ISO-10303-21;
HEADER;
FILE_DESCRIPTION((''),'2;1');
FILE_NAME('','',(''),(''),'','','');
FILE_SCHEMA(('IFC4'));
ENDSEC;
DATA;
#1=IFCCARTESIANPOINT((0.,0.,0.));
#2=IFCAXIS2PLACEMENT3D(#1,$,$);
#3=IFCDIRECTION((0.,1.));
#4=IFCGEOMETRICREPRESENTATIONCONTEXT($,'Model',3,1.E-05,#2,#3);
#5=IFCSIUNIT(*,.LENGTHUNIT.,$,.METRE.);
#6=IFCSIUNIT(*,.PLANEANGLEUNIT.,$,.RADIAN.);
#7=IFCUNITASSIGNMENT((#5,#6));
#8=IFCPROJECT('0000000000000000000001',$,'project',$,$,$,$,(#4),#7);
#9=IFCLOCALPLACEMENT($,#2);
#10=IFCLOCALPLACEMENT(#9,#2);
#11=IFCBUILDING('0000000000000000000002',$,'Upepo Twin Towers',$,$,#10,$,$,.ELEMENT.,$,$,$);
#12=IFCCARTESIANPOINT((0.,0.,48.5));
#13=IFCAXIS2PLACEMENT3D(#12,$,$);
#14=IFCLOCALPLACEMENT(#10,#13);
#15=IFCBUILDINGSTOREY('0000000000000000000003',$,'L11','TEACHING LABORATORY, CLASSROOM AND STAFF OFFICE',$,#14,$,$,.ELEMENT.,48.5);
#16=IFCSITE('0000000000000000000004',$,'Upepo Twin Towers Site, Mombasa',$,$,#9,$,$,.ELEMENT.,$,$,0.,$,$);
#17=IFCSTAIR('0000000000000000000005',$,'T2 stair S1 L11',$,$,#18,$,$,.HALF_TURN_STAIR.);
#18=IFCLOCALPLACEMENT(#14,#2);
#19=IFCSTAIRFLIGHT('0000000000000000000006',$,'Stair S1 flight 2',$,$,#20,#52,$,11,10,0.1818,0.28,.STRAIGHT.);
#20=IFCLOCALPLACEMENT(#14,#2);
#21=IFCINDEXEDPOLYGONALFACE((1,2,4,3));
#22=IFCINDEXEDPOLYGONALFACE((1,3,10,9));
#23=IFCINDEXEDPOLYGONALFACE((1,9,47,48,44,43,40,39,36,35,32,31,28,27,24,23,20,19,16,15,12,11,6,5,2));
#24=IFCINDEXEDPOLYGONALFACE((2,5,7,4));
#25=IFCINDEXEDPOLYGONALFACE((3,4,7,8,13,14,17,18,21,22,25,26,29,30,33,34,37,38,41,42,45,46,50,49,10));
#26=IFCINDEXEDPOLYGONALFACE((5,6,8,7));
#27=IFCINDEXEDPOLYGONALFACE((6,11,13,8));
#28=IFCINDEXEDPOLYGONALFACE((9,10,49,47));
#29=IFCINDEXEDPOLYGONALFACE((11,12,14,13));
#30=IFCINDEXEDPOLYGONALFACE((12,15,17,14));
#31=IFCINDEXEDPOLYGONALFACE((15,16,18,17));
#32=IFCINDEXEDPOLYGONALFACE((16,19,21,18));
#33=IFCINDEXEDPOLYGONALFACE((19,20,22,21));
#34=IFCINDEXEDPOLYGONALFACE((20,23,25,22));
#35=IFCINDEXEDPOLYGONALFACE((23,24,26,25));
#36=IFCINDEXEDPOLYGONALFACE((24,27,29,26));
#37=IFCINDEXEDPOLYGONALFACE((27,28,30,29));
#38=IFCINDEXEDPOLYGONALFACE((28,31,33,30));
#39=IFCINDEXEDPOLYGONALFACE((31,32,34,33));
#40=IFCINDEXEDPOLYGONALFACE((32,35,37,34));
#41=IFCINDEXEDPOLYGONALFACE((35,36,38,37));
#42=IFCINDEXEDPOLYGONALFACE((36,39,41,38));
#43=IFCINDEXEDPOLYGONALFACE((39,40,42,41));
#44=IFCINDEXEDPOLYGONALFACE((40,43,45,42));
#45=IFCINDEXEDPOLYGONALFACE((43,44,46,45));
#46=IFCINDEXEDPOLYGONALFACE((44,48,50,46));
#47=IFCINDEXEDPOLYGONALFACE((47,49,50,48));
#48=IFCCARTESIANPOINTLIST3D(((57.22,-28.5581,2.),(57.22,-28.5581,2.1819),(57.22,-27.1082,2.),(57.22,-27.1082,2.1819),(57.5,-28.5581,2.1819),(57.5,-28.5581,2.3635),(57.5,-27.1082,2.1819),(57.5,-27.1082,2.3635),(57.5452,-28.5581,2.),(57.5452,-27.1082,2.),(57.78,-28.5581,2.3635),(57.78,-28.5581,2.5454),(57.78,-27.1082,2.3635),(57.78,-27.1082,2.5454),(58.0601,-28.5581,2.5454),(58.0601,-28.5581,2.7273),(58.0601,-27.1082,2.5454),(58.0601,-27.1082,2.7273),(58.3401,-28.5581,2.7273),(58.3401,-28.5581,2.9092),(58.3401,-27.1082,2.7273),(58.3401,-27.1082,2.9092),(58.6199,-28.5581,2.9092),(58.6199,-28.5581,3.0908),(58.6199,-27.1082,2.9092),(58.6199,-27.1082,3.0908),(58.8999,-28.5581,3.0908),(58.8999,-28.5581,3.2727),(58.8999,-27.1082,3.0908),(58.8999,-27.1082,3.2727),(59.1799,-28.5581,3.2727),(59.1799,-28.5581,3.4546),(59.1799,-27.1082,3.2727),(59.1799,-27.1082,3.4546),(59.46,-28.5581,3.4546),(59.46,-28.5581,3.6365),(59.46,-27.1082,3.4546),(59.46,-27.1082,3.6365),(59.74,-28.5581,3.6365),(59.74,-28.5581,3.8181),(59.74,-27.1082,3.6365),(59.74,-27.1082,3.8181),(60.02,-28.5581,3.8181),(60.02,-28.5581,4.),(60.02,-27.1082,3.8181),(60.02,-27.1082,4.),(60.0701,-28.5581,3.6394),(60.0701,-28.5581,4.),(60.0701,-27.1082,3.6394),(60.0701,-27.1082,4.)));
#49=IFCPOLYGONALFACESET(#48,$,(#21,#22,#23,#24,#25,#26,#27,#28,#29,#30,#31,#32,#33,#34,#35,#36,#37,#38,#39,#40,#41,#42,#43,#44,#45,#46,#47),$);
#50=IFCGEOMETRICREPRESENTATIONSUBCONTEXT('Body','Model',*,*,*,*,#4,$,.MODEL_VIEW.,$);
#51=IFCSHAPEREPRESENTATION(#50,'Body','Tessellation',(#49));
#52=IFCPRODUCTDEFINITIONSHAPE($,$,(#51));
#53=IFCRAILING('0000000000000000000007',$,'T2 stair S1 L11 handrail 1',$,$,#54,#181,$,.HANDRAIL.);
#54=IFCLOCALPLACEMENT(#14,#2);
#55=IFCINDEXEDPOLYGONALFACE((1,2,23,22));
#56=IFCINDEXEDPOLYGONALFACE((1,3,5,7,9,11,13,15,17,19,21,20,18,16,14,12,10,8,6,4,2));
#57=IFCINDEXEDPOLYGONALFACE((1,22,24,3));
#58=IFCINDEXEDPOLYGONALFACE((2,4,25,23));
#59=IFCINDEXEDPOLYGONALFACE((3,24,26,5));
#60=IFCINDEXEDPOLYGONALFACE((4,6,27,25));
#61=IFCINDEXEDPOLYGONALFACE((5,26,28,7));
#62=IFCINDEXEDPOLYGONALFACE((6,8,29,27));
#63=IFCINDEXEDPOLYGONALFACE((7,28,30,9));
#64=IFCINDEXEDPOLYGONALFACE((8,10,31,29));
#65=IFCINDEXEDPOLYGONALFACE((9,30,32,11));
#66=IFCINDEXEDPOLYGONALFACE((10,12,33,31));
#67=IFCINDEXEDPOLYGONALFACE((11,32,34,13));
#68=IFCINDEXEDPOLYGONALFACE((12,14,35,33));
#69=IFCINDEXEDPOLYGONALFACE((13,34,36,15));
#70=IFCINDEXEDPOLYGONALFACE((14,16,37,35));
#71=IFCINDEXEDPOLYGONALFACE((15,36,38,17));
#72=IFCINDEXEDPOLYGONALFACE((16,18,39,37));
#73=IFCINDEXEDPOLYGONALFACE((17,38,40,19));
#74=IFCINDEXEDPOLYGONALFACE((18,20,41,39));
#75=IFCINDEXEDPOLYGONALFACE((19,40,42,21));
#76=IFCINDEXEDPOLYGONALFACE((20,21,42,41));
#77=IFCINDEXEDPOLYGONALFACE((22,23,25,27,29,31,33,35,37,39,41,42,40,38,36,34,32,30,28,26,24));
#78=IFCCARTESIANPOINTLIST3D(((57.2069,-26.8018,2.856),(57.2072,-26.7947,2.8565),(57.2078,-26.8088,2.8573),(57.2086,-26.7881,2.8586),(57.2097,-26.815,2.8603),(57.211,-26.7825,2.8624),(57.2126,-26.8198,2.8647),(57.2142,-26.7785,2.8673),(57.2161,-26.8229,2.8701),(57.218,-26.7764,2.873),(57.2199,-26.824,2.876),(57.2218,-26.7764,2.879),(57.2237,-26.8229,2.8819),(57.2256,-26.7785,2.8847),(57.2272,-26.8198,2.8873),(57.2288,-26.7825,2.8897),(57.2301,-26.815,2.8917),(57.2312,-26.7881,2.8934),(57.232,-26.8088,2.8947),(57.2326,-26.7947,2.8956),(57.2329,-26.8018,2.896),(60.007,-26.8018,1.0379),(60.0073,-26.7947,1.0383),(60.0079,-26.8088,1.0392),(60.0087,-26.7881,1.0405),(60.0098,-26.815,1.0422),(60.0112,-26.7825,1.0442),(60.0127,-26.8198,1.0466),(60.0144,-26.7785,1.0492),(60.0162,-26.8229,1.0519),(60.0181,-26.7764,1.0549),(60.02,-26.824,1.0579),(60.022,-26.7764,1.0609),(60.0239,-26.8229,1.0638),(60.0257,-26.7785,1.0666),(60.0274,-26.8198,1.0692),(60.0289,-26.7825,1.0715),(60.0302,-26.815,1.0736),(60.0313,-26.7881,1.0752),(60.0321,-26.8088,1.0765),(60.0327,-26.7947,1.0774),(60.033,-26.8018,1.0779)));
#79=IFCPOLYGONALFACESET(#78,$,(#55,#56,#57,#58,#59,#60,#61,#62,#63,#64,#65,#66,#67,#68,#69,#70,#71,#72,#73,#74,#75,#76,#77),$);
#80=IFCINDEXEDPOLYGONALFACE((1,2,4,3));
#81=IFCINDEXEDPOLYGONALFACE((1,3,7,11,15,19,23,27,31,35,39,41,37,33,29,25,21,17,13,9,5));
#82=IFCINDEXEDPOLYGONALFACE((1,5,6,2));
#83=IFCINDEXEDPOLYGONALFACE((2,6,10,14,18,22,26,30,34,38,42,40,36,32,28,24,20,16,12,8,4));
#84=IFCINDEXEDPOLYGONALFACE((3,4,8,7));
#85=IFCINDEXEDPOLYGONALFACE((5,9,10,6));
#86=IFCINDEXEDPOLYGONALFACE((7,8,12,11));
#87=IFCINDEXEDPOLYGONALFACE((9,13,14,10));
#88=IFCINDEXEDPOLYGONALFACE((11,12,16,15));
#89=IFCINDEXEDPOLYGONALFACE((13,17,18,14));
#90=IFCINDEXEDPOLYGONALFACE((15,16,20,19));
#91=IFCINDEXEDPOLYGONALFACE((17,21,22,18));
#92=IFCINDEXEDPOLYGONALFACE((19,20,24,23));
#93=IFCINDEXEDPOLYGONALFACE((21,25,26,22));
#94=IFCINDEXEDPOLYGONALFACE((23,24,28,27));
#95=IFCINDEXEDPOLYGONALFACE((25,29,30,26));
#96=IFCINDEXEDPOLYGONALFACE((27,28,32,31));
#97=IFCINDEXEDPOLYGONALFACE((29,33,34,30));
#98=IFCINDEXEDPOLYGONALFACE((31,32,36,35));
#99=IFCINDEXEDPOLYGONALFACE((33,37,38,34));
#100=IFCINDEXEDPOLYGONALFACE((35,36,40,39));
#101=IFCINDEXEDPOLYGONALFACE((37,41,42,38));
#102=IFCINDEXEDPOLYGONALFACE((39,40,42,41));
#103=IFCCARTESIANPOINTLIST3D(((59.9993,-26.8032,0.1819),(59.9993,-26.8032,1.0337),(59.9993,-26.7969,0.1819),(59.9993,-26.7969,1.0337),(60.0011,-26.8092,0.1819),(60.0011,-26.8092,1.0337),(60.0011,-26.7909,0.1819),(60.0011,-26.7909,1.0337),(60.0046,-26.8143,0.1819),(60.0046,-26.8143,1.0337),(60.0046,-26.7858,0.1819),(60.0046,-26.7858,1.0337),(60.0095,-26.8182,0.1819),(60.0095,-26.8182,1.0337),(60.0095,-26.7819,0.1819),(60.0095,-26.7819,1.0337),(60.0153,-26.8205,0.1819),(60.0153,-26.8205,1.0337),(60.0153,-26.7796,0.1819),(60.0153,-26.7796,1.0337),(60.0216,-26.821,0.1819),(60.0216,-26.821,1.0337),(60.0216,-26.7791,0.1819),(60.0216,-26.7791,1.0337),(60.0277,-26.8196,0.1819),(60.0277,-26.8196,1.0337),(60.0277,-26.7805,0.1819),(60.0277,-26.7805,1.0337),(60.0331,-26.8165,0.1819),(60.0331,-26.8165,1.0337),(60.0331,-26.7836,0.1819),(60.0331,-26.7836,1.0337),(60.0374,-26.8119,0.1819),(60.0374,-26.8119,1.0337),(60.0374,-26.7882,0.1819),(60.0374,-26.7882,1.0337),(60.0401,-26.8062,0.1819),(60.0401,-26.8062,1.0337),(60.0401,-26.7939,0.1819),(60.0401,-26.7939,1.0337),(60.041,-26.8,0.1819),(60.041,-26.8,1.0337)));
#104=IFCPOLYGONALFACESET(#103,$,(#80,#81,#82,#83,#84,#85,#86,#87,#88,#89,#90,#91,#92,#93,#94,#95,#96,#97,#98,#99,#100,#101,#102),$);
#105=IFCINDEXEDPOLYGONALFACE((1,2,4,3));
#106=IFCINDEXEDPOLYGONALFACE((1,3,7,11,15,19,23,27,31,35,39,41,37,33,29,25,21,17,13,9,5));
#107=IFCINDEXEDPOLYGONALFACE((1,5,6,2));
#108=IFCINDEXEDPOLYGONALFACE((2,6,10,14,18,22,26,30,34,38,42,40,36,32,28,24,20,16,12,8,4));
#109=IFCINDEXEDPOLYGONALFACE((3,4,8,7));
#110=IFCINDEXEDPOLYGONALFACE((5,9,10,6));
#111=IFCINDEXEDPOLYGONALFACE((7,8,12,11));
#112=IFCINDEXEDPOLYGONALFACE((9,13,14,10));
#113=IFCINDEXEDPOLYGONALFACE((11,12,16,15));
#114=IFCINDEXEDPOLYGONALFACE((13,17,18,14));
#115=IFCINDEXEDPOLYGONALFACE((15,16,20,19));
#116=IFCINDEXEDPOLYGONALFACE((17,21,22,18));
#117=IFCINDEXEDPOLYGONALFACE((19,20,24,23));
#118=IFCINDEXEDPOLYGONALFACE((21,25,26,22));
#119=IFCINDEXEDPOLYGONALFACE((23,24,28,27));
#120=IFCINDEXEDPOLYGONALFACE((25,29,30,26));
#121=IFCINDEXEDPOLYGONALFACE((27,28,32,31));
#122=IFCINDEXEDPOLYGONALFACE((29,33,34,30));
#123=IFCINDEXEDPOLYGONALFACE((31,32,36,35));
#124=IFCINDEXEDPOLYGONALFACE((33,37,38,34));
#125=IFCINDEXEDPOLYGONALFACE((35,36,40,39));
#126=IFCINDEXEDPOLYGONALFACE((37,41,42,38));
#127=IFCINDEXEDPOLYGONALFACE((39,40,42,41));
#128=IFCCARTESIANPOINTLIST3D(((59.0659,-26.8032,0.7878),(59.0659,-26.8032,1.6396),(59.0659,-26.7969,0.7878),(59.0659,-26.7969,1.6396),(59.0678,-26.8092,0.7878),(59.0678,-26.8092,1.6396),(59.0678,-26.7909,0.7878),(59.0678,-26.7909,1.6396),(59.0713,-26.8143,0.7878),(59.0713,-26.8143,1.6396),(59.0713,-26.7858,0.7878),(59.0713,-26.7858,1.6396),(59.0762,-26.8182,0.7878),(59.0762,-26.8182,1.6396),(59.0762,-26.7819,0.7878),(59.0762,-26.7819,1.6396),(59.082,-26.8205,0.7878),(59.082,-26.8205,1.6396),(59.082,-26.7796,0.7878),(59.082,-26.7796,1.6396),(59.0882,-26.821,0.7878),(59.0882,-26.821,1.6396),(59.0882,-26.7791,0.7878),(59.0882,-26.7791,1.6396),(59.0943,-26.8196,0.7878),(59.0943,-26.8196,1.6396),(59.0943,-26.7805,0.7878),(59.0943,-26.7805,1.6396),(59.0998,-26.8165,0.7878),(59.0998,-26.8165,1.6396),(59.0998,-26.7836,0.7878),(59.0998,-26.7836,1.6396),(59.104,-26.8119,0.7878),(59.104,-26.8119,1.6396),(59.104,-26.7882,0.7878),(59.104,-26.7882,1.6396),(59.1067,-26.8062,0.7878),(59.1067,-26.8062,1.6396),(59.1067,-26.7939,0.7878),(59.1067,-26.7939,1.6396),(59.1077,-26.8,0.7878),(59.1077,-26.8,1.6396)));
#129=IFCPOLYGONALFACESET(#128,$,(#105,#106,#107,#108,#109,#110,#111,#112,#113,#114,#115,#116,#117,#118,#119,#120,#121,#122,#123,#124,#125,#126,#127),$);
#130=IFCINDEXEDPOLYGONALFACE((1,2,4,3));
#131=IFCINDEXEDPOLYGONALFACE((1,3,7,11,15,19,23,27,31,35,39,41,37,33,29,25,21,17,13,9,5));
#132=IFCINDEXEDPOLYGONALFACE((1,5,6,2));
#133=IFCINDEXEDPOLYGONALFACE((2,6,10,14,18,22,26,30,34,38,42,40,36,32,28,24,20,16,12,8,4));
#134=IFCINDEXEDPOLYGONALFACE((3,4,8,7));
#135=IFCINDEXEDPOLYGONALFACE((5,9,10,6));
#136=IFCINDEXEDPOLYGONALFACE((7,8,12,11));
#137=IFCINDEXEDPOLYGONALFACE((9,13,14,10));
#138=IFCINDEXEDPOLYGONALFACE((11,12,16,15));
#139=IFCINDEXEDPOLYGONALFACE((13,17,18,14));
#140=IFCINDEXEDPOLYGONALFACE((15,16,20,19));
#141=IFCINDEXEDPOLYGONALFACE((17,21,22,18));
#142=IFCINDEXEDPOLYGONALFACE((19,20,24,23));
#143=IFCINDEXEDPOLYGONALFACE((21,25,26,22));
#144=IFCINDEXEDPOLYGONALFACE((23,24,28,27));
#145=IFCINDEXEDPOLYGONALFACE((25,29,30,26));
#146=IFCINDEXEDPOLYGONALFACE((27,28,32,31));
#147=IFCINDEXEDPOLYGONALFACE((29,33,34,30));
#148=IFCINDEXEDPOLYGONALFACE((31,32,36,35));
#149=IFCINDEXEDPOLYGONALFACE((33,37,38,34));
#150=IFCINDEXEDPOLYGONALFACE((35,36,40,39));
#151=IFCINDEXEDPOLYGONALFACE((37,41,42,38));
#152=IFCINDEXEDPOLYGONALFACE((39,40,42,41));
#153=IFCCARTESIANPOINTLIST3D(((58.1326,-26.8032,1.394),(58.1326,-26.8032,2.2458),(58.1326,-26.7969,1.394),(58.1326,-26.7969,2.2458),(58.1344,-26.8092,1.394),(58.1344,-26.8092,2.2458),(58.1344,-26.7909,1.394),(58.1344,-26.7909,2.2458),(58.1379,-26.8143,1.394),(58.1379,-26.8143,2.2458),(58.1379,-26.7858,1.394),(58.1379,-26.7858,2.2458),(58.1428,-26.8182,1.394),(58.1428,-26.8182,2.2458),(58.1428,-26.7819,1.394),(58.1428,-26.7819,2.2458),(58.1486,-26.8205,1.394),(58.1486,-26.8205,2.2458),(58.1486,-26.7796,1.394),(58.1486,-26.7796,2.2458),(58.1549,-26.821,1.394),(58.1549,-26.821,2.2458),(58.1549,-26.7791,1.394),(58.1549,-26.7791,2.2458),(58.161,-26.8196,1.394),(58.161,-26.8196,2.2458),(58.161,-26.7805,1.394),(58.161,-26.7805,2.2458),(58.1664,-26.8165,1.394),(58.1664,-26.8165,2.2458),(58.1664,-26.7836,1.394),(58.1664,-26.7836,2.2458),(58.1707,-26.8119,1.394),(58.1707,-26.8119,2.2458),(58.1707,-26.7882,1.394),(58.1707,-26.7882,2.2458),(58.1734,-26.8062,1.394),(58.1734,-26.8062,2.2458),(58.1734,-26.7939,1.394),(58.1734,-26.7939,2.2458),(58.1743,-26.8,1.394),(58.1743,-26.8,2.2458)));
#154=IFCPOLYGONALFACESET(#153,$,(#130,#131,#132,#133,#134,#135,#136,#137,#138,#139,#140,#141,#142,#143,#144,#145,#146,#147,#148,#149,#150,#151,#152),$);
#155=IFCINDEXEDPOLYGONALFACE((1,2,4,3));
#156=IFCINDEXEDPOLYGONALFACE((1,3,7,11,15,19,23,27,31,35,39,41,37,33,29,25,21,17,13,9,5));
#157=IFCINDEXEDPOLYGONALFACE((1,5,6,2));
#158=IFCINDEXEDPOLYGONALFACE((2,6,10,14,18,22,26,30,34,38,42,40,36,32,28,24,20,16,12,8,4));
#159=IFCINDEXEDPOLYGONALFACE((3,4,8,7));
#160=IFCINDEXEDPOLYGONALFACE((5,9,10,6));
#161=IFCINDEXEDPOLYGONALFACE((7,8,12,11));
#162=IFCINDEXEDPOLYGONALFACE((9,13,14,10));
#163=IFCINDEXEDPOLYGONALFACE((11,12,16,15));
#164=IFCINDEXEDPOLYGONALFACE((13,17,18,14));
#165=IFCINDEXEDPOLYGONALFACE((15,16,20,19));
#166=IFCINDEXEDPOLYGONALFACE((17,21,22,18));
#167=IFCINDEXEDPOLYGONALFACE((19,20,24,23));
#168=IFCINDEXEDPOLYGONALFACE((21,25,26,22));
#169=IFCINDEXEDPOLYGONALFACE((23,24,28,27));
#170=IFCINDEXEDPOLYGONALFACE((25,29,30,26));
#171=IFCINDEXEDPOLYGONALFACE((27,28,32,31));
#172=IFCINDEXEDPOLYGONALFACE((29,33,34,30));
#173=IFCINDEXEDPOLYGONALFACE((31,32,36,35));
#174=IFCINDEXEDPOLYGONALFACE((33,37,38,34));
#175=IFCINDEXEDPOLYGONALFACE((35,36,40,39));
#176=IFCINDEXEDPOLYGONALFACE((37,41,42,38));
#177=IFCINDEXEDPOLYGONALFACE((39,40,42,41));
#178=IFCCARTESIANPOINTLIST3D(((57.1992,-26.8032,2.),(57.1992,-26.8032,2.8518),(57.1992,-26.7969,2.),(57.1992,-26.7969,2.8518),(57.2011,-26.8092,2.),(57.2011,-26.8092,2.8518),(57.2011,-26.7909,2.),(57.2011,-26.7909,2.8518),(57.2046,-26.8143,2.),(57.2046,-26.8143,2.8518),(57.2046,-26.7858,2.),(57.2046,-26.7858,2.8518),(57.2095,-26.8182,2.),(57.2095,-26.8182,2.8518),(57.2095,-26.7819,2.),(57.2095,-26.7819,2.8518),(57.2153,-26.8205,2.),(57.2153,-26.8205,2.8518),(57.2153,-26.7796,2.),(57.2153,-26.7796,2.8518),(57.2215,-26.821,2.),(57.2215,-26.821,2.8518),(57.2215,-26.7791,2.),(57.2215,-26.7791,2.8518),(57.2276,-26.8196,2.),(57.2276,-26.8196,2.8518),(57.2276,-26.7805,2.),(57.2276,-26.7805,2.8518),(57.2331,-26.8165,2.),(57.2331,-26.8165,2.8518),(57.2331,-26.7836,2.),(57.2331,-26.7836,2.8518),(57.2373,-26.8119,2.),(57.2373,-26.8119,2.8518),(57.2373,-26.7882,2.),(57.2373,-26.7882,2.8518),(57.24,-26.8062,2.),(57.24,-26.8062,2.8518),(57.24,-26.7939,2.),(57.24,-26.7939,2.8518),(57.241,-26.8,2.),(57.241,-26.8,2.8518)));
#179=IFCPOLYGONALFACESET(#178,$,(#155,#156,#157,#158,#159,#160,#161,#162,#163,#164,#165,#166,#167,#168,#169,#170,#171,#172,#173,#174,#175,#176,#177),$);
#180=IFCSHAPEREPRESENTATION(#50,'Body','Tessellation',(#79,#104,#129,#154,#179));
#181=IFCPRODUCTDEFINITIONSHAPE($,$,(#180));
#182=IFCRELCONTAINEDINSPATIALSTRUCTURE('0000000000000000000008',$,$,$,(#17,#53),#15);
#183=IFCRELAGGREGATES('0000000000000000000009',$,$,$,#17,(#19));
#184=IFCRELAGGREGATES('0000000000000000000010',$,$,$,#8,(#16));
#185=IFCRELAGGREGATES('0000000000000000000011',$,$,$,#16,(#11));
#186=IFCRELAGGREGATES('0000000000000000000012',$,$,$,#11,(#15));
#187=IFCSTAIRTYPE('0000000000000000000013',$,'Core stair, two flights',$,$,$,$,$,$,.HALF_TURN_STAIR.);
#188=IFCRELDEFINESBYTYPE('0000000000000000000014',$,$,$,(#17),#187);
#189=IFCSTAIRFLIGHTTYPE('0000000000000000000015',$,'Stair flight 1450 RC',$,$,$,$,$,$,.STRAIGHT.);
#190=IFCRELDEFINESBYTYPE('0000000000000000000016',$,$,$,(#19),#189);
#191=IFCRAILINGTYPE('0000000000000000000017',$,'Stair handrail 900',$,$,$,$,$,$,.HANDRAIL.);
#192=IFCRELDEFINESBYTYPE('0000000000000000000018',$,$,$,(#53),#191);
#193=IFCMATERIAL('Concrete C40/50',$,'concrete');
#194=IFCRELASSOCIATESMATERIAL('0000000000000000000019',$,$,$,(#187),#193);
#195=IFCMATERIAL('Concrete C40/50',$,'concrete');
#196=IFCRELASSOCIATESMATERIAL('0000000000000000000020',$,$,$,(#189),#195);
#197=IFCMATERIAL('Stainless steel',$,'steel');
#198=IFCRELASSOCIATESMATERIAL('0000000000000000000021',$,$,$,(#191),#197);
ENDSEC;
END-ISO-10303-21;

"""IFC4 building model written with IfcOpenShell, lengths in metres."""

from ifc_helpers import new_model, si_unit, direction, frame, origin, origin_2d, place, context, subcontext, project, spatial, polyline, circle, outline, extrude, material, type_object, element, aggregate, save


model = new_model("IFC4")

# Units and contexts
model_context = context("Model", 3, precision=1e-05, world=origin(), true_north=direction((0.0, 1.0)))
body_context = subcontext(model_context, "Body", "Model", "MODEL_VIEW")
ifc_project = project(units=[si_unit("LENGTHUNIT", "METRE"), si_unit("PLANEANGLEUNIT", "RADIAN")], contexts=[model_context])

# Site, building, storey
site_placement = place(None, origin())
site = spatial("IfcSite", under=ifc_project, at=site_placement, Name="Upepo Twin Towers Site, Mombasa", CompositionType="ELEMENT", RefElevation=0.0)
building_placement = place(site_placement, origin())
building = spatial("IfcBuilding", under=site, at=building_placement, Name="Upepo Twin Towers", CompositionType="ELEMENT")
storey_placement = place(building_placement, frame((0.0, 0.0, 48.5)))
storey = spatial("IfcBuildingStorey", under=building, at=storey_placement, Name="L11", Description="TEACHING LABORATORY, CLASSROOM AND STAFF OFFICE", CompositionType="ELEMENT", Elevation=48.5)

# Stair, stair flight
ifc_material_1 = material(Name="Concrete C40/50", Category="concrete")
stair_type = type_object("IfcStairType", Name="Core stair, two flights", PredefinedType="HALF_TURN_STAIR", material=ifc_material_1)
stair_placement = place(storey_placement, origin())
stair = element("IfcStair", 1, at=stair_placement, inside=storey, type_object=stair_type, Name="T2 stair S1 L11", PredefinedType="HALF_TURN_STAIR")
ifc_material_2 = material(Name="Concrete C40/50", Category="concrete")
stair_flight_type = type_object("IfcStairFlightType", Name="Stair flight 1450 RC", PredefinedType="STRAIGHT", material=ifc_material_2)
stair_flight_1_placement = place(storey_placement, frame((57.22, -27.8333, 2.0), z_axis=(0.0, 0.0, 1.0), x_axis=(1.0, 0.0, 0.0)))
stair_flight_1 = element("IfcStairFlight", 2, at=stair_flight_1_placement, type_object=stair_flight_type, Name="Stair S1 flight 2", NumberOfRisers=11, NumberOfTreads=10, PredefinedType="STRAIGHT", RiserHeight=0.1818, TreadLength=0.28, context=body_context, shape_type="SweptSolid", body=[
    extrude(outline(polyline([(0.0, 0.0), (0.0, 0.1819), (0.28, 0.1819), (0.28, 0.3635), (0.5601, 0.3635), (0.5601, 0.5454), (0.8401, 0.5454), (0.8401, 0.7273), (1.1201, 0.7273), (1.1201, 0.9092), (1.3999, 0.9092), (1.3999, 1.0908), (1.6799, 1.0908), (1.6799, 1.2727), (1.96, 1.2727), (1.96, 1.4546), (2.24, 1.4546), (2.24, 1.6365), (2.52, 1.6365), (2.52, 1.8181), (2.8, 1.8181), (2.8, 2.0), (2.8501, 2.0), (2.8501, 1.6394), (0.3252, 0.0), (0.0, 0.0)])), frame((0.0, 0.7251, 0.0), z_axis=(0.0, -1.0, 0.0), x_axis=(1.0, 0.0, 0.0)), (0.0, 0.0, 1.0), 1.45),
])
aggregate(stair, [stair_flight_1])

# Railing
ifc_material_3 = material(Name="Stainless steel", Category="steel")
railing_type = type_object("IfcRailingType", Name="Stair handrail 900", PredefinedType="HANDRAIL", material=ifc_material_3)
railing_1_placement = place(storey_placement, frame((60.02, -26.8, 0.1819)))
element("IfcRailing", 3, at=railing_1_placement, inside=storey, type_object=railing_type, Name="T2 stair S1 L11 handrail 1", PredefinedType="HANDRAIL", context=body_context, shape_type="SweptSolid", body=[
    extrude(circle(Radius=0.0239, at=origin_2d()), frame((0.0, 0.0, 0.876), z_axis=(-0.838706, 0.0, 0.544585), x_axis=(0.0, -1.0, 0.0)), (0.0, 0.0, 1.0), 3.3386),
    extrude(circle(Radius=0.021, at=origin_2d()), origin(), (0.0, 0.0, 1.0), 0.8518),
    extrude(circle(Radius=0.021, at=origin_2d()), frame((-0.9333, 0.0, 0.606)), (0.0, 0.0, 1.0), 0.8518),
    extrude(circle(Radius=0.021, at=origin_2d()), frame((-1.8667, 0.0, 1.2122)), (0.0, 0.0, 1.0), 0.8518),
    extrude(circle(Radius=0.021, at=origin_2d()), frame((-2.8, 0.0, 1.8181)), (0.0, 0.0, 1.0), 0.8518),
])

save(model, "model.ifc")
